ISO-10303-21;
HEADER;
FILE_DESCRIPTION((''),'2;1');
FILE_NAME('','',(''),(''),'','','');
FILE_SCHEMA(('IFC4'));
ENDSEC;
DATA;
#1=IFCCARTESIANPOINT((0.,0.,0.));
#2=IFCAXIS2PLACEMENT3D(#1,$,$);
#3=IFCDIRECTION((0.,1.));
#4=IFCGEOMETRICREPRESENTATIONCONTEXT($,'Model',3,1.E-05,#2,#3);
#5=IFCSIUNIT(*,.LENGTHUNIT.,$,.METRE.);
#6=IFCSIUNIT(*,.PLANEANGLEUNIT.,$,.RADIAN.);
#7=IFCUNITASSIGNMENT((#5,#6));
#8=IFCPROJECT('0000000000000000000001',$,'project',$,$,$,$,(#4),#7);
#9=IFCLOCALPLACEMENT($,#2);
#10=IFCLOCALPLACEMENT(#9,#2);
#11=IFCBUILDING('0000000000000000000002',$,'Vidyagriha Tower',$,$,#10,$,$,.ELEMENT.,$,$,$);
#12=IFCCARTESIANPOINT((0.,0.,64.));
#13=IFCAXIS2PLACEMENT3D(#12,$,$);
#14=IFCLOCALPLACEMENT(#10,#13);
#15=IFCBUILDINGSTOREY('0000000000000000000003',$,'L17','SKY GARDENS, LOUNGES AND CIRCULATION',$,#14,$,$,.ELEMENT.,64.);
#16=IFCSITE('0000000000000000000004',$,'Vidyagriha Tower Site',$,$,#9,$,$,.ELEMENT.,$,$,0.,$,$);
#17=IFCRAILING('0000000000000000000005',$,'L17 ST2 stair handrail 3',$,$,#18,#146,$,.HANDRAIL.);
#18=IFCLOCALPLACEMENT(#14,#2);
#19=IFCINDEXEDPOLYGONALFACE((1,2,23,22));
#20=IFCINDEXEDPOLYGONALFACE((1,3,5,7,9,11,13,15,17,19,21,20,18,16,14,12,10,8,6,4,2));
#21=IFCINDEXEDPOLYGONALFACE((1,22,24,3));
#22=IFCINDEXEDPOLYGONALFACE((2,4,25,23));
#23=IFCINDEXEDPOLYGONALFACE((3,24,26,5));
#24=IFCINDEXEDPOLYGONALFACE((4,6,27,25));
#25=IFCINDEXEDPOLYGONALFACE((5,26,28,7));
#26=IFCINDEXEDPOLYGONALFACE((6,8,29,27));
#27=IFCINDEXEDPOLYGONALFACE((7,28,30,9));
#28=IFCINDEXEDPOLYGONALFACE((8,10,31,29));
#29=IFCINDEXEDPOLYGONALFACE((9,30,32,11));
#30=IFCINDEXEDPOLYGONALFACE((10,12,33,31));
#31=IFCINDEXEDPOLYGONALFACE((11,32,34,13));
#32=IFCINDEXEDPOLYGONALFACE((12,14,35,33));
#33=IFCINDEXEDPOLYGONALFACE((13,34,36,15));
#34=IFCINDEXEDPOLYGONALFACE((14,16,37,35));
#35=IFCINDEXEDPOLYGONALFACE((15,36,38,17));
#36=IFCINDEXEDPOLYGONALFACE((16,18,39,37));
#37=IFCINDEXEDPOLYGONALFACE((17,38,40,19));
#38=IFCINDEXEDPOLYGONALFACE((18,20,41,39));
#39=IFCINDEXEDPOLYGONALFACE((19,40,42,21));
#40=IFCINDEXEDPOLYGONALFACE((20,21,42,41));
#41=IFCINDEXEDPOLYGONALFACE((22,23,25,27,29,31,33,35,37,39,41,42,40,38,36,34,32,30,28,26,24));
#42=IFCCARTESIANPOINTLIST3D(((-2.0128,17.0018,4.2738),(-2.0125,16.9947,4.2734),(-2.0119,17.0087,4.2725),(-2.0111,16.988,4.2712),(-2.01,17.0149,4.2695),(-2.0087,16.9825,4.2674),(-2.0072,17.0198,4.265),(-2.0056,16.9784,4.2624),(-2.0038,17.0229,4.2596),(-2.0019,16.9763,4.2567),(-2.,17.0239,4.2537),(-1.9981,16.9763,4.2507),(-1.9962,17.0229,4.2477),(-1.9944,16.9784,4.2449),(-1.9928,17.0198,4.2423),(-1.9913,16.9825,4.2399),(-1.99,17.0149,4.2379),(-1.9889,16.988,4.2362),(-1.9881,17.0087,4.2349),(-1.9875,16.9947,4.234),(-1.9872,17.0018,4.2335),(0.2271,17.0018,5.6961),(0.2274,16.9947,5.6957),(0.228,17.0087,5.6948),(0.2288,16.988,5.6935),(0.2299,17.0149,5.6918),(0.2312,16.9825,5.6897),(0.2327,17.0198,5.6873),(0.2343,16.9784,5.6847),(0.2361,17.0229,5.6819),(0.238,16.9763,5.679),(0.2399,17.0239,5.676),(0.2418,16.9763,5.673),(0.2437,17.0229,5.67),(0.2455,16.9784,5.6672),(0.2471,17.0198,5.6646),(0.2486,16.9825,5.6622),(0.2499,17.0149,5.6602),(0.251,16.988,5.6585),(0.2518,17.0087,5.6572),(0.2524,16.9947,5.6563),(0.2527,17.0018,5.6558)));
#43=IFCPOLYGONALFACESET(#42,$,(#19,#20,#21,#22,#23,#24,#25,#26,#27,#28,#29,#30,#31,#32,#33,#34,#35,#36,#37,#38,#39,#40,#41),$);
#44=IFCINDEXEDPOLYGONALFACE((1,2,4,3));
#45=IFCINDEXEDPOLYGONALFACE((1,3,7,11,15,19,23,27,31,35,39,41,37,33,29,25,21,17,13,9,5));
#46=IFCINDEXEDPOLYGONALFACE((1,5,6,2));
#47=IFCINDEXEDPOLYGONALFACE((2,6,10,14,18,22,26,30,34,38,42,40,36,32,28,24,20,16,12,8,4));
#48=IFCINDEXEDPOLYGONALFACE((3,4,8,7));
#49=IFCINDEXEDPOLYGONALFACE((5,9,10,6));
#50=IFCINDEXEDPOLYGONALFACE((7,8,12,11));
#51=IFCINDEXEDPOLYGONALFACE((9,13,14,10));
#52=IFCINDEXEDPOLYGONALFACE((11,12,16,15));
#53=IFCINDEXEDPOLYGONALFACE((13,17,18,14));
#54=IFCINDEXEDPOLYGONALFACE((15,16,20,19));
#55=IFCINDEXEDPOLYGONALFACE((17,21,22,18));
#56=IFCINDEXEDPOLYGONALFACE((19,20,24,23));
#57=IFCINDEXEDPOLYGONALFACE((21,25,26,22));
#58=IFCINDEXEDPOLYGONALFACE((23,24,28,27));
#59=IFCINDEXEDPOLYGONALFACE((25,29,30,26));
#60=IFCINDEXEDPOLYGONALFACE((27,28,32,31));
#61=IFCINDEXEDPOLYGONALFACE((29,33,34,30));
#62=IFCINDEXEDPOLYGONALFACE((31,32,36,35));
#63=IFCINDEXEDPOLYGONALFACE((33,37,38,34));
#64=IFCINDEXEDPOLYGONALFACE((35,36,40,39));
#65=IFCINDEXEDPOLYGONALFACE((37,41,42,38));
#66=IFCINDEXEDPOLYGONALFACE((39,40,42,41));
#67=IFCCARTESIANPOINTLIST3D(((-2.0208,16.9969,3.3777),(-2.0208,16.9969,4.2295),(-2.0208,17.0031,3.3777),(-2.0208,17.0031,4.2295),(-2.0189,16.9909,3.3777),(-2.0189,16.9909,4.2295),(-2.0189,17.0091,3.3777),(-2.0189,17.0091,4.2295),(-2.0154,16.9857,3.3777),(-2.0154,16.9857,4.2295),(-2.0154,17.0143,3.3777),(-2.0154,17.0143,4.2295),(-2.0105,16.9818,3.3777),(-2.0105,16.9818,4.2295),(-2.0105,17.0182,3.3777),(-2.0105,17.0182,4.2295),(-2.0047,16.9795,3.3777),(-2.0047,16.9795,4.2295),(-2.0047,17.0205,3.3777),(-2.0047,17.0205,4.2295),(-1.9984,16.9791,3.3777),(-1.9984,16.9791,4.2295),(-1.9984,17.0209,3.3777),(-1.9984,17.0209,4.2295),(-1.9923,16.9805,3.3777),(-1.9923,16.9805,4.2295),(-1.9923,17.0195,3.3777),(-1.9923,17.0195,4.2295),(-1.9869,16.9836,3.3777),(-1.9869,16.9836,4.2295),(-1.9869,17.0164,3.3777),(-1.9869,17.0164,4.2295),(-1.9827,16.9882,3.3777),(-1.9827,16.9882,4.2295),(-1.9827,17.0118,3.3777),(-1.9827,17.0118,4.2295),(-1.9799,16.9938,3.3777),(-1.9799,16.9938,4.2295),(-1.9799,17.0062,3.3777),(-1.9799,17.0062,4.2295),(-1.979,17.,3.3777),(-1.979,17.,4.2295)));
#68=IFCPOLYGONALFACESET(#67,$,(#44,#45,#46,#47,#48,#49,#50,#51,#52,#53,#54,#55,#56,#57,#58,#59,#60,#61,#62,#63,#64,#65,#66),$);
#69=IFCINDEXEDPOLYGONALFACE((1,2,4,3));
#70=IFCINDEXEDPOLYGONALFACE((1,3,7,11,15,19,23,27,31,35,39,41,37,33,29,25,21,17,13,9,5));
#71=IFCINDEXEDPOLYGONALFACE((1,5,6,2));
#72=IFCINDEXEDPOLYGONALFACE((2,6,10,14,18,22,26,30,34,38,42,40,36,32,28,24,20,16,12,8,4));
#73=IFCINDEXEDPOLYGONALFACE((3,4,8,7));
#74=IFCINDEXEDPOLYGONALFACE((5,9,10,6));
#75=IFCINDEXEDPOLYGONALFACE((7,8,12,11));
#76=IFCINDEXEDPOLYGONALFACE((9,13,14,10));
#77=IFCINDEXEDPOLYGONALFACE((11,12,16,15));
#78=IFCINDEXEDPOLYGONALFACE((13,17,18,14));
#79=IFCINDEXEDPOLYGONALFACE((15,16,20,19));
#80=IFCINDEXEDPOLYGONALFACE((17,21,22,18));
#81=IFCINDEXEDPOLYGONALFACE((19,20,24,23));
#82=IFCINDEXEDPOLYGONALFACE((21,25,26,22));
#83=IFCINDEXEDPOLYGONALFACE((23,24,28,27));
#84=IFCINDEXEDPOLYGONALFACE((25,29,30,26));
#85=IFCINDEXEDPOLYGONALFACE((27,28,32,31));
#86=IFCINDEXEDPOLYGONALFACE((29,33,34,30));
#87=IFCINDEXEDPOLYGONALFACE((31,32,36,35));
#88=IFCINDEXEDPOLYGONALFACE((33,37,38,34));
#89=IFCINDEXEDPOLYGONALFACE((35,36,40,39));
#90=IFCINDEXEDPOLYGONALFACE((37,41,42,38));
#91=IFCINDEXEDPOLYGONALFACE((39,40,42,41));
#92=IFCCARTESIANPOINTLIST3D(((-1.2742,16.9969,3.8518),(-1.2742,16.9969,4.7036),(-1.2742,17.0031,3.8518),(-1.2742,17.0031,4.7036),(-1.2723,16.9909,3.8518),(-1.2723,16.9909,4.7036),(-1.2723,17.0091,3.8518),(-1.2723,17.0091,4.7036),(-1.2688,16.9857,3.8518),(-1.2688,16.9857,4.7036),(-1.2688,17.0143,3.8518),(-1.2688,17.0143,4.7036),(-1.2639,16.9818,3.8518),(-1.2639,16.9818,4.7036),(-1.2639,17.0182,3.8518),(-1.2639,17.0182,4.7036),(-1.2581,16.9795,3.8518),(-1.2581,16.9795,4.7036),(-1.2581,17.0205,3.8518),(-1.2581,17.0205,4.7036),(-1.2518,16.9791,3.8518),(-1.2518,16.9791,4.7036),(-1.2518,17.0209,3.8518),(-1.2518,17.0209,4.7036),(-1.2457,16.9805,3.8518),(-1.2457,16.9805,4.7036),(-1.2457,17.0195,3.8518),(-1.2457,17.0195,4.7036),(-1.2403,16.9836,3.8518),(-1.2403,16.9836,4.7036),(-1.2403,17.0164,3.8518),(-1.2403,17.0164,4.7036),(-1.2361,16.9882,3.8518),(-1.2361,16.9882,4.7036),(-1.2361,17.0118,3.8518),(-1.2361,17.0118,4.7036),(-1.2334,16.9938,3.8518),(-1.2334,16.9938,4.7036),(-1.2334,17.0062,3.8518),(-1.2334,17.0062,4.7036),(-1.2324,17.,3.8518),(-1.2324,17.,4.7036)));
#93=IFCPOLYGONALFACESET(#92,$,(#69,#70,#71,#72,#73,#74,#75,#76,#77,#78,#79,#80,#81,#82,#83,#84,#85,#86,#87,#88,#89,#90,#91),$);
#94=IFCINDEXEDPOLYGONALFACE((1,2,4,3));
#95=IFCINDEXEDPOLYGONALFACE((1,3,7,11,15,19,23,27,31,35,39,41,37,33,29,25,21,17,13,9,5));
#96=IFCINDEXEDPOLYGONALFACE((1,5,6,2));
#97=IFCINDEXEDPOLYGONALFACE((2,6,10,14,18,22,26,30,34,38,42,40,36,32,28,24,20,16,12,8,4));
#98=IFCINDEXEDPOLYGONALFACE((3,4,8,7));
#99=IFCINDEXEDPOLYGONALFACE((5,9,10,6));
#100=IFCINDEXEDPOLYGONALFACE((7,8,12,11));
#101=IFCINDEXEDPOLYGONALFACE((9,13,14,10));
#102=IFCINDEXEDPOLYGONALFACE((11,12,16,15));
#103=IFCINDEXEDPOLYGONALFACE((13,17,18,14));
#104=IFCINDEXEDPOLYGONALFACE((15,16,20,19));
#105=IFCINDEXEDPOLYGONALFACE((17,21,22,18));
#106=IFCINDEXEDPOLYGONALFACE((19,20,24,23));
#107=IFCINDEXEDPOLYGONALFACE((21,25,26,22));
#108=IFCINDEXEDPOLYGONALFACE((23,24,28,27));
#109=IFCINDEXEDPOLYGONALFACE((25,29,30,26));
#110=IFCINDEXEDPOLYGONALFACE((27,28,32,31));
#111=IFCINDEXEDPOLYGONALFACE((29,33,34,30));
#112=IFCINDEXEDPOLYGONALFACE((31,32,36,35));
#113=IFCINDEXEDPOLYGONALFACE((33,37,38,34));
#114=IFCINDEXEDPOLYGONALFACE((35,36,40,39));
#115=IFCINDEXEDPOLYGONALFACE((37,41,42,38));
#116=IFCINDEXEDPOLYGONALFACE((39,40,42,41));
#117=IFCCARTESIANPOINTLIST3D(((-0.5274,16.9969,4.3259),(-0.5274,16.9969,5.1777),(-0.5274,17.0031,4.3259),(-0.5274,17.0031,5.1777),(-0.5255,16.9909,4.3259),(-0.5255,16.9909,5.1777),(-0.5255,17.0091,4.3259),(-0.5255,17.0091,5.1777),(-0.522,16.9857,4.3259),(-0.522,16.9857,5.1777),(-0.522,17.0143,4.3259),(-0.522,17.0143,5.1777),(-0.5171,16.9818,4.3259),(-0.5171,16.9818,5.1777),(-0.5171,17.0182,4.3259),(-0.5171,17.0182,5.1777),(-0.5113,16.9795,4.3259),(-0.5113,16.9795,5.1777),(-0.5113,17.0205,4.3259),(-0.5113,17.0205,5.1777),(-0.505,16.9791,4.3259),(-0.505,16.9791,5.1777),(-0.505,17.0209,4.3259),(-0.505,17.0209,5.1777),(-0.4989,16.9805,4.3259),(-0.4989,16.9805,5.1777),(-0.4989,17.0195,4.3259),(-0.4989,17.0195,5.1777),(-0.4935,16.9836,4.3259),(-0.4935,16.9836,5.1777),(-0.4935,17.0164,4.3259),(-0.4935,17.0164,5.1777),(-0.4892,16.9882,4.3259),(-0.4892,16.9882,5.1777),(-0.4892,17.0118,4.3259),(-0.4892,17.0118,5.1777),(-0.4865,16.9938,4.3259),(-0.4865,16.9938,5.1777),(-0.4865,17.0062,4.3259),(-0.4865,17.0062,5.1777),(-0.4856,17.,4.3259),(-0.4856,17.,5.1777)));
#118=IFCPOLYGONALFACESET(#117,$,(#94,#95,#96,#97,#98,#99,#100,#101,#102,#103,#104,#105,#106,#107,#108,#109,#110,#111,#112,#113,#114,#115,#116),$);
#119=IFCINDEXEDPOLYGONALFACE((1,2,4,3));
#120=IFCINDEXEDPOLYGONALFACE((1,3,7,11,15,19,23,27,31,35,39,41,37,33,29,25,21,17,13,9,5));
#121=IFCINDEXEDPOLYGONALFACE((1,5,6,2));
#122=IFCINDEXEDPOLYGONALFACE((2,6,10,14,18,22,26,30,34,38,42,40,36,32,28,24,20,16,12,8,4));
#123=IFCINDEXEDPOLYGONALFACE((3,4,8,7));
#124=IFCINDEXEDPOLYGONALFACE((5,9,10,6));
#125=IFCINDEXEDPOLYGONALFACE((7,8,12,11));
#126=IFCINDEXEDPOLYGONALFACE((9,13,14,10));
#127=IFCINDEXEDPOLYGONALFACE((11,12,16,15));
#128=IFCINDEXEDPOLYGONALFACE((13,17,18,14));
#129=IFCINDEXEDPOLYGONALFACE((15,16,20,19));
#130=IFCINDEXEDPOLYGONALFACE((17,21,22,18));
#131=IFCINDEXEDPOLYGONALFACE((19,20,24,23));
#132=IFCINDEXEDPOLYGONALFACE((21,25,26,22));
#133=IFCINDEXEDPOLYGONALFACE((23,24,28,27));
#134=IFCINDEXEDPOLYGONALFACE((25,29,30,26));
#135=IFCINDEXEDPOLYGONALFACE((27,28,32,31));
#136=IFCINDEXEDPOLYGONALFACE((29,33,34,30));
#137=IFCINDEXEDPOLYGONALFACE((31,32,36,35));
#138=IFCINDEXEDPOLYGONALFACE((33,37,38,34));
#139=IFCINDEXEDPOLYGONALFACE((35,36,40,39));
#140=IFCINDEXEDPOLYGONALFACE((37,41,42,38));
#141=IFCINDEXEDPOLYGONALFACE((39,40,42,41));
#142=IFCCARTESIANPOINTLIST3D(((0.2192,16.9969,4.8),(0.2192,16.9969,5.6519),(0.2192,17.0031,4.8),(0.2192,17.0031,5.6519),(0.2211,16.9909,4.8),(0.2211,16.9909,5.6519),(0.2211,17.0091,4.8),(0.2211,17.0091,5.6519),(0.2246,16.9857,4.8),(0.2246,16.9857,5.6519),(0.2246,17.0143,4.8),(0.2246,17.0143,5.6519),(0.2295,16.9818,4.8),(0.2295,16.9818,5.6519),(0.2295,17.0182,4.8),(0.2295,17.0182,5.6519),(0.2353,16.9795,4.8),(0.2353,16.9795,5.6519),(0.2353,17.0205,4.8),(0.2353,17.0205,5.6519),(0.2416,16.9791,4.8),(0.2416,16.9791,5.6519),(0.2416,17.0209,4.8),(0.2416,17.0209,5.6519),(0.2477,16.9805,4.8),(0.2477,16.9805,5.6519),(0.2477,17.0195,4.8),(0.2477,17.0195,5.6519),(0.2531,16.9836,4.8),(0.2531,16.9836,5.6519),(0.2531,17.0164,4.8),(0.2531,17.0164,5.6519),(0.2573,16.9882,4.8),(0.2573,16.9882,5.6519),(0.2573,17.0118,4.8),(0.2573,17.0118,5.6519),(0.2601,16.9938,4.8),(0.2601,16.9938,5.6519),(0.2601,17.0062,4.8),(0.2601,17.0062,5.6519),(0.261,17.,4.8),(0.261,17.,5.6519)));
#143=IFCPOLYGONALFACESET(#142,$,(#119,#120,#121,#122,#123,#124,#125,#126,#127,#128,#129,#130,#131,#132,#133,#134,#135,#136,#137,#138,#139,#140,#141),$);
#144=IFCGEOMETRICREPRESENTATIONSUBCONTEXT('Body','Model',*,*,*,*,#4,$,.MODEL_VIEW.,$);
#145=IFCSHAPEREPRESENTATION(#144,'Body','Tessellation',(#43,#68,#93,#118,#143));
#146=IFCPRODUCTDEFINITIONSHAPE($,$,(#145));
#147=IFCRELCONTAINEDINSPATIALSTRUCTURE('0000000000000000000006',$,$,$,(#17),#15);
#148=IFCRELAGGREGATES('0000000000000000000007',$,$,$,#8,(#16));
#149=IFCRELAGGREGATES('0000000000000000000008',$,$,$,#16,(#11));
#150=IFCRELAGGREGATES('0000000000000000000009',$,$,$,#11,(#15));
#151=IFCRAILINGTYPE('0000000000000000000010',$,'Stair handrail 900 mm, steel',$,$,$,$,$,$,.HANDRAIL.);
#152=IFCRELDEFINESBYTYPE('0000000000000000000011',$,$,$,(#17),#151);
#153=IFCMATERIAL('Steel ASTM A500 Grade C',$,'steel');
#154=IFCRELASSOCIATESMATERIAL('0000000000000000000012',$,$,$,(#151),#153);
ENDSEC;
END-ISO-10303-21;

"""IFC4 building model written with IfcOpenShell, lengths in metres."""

from ifc_helpers import new_model, si_unit, direction, frame, origin, origin_2d, place, context, subcontext, project, spatial, circle, extrude, material, type_object, element, save


model = new_model("IFC4")

# Units and contexts
model_context = context("Model", 3, precision=1e-05, world=origin(), true_north=direction((0.0, 1.0)))
body_context = subcontext(model_context, "Body", "Model", "MODEL_VIEW")
ifc_project = project(units=[si_unit("LENGTHUNIT", "METRE"), si_unit("PLANEANGLEUNIT", "RADIAN")], contexts=[model_context])

# Site, building, storey
site_placement = place(None, origin())
site = spatial("IfcSite", under=ifc_project, at=site_placement, Name="Vidyagriha Tower Site", CompositionType="ELEMENT", RefElevation=0.0)
building_placement = place(site_placement, origin())
building = spatial("IfcBuilding", under=site, at=building_placement, Name="Vidyagriha Tower", CompositionType="ELEMENT")
storey_placement = place(building_placement, frame((0.0, 0.0, 64.0)))
storey = spatial("IfcBuildingStorey", under=building, at=storey_placement, Name="L17", Description="SKY GARDENS, LOUNGES AND CIRCULATION", CompositionType="ELEMENT", Elevation=64.0)

# Railing
ifc_material_1 = material(Name="Steel ASTM A500 Grade C", Category="steel")
railing_type_1 = type_object("IfcRailingType", Name="Stair handrail 900 mm, steel", PredefinedType="HANDRAIL", material=ifc_material_1)
for number, where, name in (
    (1, (-2.0, 17.0, 3.3777), "L17 ST2 stair handrail 3"),
):
    element("IfcRailing", number, at=place(storey_placement, frame(where)), inside=storey, type_object=railing_type_1, Name=name, PredefinedType="HANDRAIL", context=body_context, shape_type="SweptSolid", body=[
        extrude(circle(Radius=0.0239, at=origin_2d()), frame((0.0, 0.0, 0.876), z_axis=(0.844188, 0.0, 0.536048), x_axis=(0.0, 1.0, 0.0)), (0.0, 0.0, 1.0), 2.6533),
        extrude(circle(Radius=0.021, at=origin_2d()), origin(), (0.0, 0.0, 1.0), 0.8518),
        extrude(circle(Radius=0.021, at=origin_2d()), frame((0.7466, 0.0, 0.4741)), (0.0, 0.0, 1.0), 0.8518),
        extrude(circle(Radius=0.021, at=origin_2d()), frame((1.4934, 0.0, 0.9482)), (0.0, 0.0, 1.0), 0.8518),
        extrude(circle(Radius=0.021, at=origin_2d()), frame((2.24, 0.0, 1.4224)), (0.0, 0.0, 1.0), 0.8518),
    ])

save(model, "model.ifc")
